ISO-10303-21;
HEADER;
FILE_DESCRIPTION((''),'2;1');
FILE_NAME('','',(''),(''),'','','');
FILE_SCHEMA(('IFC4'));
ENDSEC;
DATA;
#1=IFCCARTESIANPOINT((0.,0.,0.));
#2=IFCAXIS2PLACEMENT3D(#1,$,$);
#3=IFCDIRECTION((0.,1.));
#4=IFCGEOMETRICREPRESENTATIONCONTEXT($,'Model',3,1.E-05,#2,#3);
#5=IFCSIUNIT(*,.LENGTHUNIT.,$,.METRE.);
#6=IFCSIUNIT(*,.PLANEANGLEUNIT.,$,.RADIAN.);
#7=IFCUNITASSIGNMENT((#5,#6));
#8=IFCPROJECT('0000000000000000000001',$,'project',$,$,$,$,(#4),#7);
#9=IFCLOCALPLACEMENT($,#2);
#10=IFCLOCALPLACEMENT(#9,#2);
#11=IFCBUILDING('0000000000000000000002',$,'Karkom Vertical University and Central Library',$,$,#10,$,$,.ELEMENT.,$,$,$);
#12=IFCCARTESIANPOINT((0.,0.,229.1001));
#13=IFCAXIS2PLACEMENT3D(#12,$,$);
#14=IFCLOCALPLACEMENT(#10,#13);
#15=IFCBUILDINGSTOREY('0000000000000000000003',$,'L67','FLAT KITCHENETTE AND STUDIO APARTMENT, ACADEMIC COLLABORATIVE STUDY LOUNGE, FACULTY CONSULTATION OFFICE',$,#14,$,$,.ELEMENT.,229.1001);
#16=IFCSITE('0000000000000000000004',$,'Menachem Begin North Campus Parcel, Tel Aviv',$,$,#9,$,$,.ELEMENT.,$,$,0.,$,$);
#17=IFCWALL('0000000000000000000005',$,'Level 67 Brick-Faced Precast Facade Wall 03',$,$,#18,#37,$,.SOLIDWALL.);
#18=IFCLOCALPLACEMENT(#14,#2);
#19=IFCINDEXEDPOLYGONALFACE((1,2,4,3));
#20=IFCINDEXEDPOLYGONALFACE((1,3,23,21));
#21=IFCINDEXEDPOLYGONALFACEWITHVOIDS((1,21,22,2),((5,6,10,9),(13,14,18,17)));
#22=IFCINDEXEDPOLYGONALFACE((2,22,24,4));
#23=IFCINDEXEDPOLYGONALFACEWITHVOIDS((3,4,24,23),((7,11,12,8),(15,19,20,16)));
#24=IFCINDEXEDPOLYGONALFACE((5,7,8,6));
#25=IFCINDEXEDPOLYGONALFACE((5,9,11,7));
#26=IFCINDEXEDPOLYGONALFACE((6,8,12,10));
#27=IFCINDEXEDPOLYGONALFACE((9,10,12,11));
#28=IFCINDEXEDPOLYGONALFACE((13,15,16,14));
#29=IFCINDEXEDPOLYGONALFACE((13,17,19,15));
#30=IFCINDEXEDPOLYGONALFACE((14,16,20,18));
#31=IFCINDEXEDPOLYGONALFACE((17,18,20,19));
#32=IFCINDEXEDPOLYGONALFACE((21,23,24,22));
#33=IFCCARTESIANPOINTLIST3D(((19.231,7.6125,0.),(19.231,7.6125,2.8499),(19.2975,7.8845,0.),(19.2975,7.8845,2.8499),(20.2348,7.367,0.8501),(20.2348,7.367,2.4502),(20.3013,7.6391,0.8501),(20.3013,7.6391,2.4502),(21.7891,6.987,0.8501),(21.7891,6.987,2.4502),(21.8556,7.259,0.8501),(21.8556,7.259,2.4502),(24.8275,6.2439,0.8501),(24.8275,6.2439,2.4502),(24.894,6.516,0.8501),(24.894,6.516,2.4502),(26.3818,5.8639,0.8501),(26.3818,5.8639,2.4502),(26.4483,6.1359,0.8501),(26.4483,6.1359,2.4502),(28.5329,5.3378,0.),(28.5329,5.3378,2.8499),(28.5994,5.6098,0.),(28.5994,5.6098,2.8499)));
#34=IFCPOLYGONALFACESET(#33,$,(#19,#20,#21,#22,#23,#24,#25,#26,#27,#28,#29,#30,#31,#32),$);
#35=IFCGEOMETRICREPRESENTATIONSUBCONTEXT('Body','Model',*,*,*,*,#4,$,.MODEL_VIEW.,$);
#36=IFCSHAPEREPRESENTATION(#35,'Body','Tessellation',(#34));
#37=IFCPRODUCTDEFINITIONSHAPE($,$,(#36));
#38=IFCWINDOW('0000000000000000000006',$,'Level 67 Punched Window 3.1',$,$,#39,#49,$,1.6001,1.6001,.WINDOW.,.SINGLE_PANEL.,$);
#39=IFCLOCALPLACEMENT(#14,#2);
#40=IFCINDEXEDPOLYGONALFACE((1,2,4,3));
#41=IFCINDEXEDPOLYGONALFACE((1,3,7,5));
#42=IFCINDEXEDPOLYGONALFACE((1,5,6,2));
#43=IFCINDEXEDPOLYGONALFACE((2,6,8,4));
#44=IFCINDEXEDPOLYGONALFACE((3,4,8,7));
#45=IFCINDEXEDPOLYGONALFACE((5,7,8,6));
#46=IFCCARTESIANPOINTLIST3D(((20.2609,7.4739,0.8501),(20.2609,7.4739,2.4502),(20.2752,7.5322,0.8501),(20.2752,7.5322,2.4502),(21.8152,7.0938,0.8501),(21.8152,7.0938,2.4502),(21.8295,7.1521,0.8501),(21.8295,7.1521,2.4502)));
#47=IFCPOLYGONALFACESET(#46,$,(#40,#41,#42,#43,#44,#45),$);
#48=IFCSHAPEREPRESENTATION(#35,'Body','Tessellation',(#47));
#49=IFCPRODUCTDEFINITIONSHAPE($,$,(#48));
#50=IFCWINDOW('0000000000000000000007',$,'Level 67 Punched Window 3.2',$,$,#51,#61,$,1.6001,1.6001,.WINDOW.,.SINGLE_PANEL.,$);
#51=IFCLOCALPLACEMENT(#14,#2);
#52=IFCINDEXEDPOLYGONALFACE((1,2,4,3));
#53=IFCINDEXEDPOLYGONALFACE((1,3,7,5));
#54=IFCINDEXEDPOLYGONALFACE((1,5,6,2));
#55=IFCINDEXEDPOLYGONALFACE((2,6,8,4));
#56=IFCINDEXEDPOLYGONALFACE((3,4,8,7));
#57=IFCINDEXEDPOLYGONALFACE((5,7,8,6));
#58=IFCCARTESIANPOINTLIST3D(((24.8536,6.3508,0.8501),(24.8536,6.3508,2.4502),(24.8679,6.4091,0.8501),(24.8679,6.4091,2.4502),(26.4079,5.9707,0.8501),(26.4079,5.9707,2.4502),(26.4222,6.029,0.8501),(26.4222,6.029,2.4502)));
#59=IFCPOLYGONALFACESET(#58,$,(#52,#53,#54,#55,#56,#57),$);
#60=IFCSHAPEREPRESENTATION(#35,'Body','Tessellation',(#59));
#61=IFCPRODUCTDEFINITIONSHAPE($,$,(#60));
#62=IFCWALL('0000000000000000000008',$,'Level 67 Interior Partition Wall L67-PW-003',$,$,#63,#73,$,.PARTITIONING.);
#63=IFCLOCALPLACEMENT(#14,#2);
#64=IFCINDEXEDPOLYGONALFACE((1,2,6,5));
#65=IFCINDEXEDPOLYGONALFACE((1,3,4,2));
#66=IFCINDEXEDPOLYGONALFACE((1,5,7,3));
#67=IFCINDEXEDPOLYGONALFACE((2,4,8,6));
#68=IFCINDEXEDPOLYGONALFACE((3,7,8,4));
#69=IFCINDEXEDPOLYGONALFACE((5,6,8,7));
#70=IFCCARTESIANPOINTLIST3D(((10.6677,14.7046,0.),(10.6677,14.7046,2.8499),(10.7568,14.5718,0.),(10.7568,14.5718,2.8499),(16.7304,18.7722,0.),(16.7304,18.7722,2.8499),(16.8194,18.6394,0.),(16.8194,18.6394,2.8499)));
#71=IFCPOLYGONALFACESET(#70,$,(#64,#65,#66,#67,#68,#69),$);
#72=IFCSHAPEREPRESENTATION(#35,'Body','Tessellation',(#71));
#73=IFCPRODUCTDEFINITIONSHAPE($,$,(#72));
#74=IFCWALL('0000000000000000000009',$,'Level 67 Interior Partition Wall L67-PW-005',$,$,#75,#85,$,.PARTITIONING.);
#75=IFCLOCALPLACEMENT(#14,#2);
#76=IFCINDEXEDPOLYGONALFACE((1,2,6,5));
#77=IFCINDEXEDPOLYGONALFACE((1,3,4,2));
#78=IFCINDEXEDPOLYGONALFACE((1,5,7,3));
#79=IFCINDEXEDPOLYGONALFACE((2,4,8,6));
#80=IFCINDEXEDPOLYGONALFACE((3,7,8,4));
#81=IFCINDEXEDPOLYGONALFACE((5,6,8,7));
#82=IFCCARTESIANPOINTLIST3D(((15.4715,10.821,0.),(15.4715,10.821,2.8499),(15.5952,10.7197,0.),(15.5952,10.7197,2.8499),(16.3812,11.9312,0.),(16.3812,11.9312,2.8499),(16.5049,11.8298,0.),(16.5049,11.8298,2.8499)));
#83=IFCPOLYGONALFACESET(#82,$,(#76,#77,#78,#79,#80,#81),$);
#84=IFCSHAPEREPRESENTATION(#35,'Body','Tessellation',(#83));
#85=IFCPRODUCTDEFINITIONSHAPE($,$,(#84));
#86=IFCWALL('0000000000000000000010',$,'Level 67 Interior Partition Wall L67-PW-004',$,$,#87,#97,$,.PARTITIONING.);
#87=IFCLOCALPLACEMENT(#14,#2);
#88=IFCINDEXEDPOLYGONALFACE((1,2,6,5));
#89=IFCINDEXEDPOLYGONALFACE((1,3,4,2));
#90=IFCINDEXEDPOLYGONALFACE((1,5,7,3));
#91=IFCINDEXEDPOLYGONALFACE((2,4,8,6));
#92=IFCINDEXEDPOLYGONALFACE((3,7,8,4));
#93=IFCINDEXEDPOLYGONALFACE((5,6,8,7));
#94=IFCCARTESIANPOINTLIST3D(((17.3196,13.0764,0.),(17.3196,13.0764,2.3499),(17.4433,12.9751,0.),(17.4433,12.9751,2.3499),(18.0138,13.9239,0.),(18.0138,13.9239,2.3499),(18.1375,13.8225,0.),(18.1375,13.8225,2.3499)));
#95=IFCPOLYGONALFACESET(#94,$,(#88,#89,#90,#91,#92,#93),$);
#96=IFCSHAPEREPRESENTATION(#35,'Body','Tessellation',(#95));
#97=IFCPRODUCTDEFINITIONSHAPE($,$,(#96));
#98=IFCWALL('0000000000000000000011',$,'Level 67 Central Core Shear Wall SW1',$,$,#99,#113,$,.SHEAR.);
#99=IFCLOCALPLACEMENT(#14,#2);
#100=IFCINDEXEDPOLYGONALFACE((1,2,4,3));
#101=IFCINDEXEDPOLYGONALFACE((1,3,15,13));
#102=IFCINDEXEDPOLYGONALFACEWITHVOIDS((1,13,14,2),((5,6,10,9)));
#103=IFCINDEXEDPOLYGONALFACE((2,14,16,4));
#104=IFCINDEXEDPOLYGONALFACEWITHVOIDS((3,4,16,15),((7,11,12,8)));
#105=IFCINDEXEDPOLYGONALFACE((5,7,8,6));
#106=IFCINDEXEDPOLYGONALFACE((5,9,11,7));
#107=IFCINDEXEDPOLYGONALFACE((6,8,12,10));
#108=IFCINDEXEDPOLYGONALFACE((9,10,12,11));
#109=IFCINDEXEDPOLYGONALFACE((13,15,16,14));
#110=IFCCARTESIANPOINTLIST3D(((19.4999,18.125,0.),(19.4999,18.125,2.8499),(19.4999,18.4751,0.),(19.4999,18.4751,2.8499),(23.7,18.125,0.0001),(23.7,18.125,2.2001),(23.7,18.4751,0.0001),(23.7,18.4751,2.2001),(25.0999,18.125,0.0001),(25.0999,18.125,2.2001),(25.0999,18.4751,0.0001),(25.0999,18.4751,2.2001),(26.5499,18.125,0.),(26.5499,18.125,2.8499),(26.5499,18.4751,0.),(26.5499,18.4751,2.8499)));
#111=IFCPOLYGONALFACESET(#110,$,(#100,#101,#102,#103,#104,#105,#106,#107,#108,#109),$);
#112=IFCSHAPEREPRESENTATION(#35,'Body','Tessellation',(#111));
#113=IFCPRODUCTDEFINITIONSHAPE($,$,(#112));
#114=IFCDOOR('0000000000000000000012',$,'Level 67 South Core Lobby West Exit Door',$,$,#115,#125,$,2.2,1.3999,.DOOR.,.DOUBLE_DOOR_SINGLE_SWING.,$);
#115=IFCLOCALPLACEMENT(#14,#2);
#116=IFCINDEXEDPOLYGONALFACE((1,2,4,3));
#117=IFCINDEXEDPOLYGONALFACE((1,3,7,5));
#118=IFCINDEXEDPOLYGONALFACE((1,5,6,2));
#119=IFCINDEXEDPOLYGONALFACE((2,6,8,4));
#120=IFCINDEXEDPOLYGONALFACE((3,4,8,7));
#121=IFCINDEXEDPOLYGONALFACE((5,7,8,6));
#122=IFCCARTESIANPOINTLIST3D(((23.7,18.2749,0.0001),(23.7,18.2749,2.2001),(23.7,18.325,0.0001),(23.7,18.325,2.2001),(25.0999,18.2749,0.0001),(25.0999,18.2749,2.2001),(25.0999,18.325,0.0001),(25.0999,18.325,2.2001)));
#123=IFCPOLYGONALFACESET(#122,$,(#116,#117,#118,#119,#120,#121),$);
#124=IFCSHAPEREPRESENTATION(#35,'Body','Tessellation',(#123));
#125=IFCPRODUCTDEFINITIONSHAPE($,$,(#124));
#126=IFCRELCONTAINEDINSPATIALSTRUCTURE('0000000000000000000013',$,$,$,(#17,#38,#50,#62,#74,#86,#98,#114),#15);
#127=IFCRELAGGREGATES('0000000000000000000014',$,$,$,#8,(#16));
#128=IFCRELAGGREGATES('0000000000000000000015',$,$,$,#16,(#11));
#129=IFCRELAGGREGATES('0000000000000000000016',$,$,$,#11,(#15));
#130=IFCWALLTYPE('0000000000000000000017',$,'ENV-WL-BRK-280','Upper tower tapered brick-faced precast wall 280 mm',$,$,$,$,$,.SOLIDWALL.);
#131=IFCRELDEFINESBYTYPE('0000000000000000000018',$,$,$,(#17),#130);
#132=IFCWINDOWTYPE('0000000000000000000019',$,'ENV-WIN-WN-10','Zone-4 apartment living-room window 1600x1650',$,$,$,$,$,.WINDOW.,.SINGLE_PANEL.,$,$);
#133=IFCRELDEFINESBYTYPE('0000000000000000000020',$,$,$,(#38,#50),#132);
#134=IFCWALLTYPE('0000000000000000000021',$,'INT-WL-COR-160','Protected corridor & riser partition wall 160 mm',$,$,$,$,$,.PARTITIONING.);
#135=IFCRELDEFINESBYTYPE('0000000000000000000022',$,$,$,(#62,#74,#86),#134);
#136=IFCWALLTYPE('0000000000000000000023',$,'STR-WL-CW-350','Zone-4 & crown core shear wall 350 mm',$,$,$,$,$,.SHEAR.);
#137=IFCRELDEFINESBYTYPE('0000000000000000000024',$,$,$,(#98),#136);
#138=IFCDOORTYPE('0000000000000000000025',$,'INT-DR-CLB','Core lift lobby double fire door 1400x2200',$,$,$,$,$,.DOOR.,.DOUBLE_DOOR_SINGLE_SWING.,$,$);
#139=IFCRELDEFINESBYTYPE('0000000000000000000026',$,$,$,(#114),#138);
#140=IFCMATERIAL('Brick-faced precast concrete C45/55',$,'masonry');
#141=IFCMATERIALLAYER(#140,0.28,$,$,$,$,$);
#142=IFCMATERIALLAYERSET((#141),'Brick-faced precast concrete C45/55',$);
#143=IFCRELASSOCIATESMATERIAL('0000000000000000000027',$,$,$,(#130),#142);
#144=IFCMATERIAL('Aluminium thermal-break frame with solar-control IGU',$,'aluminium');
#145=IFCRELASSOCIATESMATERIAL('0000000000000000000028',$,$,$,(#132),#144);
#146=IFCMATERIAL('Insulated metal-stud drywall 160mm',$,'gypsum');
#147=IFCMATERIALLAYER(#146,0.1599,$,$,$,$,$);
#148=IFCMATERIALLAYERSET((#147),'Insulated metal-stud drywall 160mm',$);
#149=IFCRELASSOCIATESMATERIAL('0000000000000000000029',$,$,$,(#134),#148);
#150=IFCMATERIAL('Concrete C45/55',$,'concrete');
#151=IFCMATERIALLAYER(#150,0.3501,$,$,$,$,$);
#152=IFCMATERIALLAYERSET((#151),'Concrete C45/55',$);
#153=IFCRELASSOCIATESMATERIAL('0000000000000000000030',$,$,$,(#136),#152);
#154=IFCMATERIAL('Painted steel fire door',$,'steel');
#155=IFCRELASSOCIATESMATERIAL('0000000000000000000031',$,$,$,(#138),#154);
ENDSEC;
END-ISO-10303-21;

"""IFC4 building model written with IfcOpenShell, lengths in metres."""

from ifc_helpers import new_model, si_unit, direction, frame, frame_2d, origin, origin_with_axes, place, context, subcontext, project, spatial, rectangle, extrude, source, transform, mapped, material, layer, layer_set, type_object, element, fill, save


model = new_model("IFC4")

# Units and contexts
model_context = context("Model", 3, precision=1e-05, world=origin(), true_north=direction((0.0, 1.0)))
body_context = subcontext(model_context, "Body", "Model", "MODEL_VIEW")
ifc_project = project(units=[si_unit("LENGTHUNIT", "METRE"), si_unit("PLANEANGLEUNIT", "RADIAN")], contexts=[model_context])

# Site, building, storey
site_placement = place(None, origin())
site = spatial("IfcSite", under=ifc_project, at=site_placement, Name="Menachem Begin North Campus Parcel, Tel Aviv", CompositionType="ELEMENT", RefElevation=0.0)
building_placement = place(site_placement, origin())
building = spatial("IfcBuilding", under=site, at=building_placement, Name="Karkom Vertical University and Central Library", CompositionType="ELEMENT")
storey_placement = place(building_placement, frame((0.0, 0.0, 229.1001)))
storey = spatial("IfcBuildingStorey", under=building, at=storey_placement, Name="L67", Description="FLAT KITCHENETTE AND STUDIO APARTMENT, ACADEMIC COLLABORATIVE STUDY LOUNGE, FACULTY CONSULTATION OFFICE", CompositionType="ELEMENT", Elevation=229.1001)

# Shared definitions
ifc_material_1 = material(Name="Concrete C45/55", Category="concrete")

# Wall, openings, windows
ifc_material_2 = material(Name="Brick-faced precast concrete C45/55", Category="masonry")
ifc_layer_1 = layer(ifc_material_2, 0.28)
ifc_layer_set_1 = layer_set([ifc_layer_1], Name="Brick-faced precast concrete C45/55")
wall_type_1 = type_object("IfcWallType", Name="ENV-WL-BRK-280", Description="Upper tower tapered brick-faced precast wall 280 mm", PredefinedType="SOLIDWALL", material=ifc_layer_set_1)
ifc_material_3 = material(Name="Aluminium thermal-break frame with solar-control IGU", Category="aluminium")
window_type = type_object("IfcWindowType", Name="ENV-WIN-WN-10", Description="Zone-4 apartment living-room window 1600x1650", PartitioningType="SINGLE_PANEL", PredefinedType="WINDOW", material=ifc_material_3)
shared_shape_1 = source(origin_with_axes(), body_context, "Body", "SweptSolid", [
    extrude(rectangle(XDim=1.6001, YDim=1.6001, at=frame_2d((0.8, 0.8))), frame((0.0, 0.03, 0.0), z_axis=(0.0, -1.0, 0.0), x_axis=(1.0, 0.0, 0.0)), (0.0, 0.0, 1.0), 0.0601),
])
wall_1_placement = place(storey_placement, frame((19.2642, 7.7485, 0.0), z_axis=(0.0, 0.0, 1.0), x_axis=(0.971377, -0.237541, 0.0)))
wall_1 = element("IfcWall", 1, at=wall_1_placement, inside=storey, type_object=wall_type_1, Name="Level 67 Brick-Faced Precast Facade Wall 03", PredefinedType="SOLIDWALL", context=body_context, shape_type="SweptSolid", body=[
    extrude(rectangle(XDim=9.5759, YDim=0.28, at=frame_2d((4.7881, 0.0))), origin(), (0.0, 0.0, 1.0), 2.8499),
])
opening_1_placement = place(wall_1_placement, frame((1.0334, 0.0, 0.8501)))
opening_1 = element("IfcOpeningElement", 2, at=opening_1_placement, cuts=wall_1, PredefinedType="OPENING", context=body_context, shape_type="SweptSolid", body=[
    extrude(rectangle(XDim=1.6001, YDim=1.6001, at=frame_2d((0.8, 0.8))), frame((0.0, 0.1499, 0.0), z_axis=(0.0, -1.0, 0.0), x_axis=(1.0, 0.0, 0.0)), (0.0, 0.0, 1.0), 0.3),
])
opening_2_placement = place(wall_1_placement, frame((5.7615, 0.0, 0.8501)))
opening_2 = element("IfcOpeningElement", 3, at=opening_2_placement, cuts=wall_1, PredefinedType="OPENING", context=body_context, shape_type="SweptSolid", body=[
    extrude(rectangle(XDim=1.6001, YDim=1.6001, at=frame_2d((0.8, 0.8))), frame((0.0, 0.1499, 0.0), z_axis=(0.0, -1.0, 0.0), x_axis=(1.0, 0.0, 0.0)), (0.0, 0.0, 1.0), 0.3),
])
window_1_placement = place(opening_1_placement, origin())
window_1 = element("IfcWindow", 4, at=window_1_placement, inside=storey, type_object=window_type, Name="Level 67 Punched Window 3.1", OverallHeight=1.6001, OverallWidth=1.6001, PartitioningType="SINGLE_PANEL", PredefinedType="WINDOW", context=body_context, shape_type="MappedRepresentation", body=[
    mapped(shared_shape_1, transform((0.0, 0.0, 0.0), scale=1.0)),
])
fill(opening_1, window_1)
window_2_placement = place(opening_2_placement, origin())
window_2 = element("IfcWindow", 5, at=window_2_placement, inside=storey, type_object=window_type, Name="Level 67 Punched Window 3.2", OverallHeight=1.6001, OverallWidth=1.6001, PartitioningType="SINGLE_PANEL", PredefinedType="WINDOW", context=body_context, shape_type="MappedRepresentation", body=[
    mapped(shared_shape_1, transform((0.0, 0.0, 0.0), scale=1.0)),
])
fill(opening_2, window_2)

# Shared definitions
ifc_material_4 = material(Name="Insulated metal-stud drywall 160mm", Category="gypsum")
ifc_layer_2 = layer(ifc_material_4, 0.1599)
ifc_layer_set_2 = layer_set([ifc_layer_2], Name="Insulated metal-stud drywall 160mm")
wall_type_2 = type_object("IfcWallType", Name="INT-WL-COR-160", Description="Protected corridor & riser partition wall 160 mm", PredefinedType="PARTITIONING", material=ifc_layer_set_2)

# Walls
wall_2_placement = place(storey_placement, frame((16.7749, 18.7058, 0.0), z_axis=(0.0, 0.0, 1.0), x_axis=(-0.830416, -0.557144, 0.0)))
element("IfcWall", 6, at=wall_2_placement, inside=storey, type_object=wall_type_2, Name="Level 67 Interior Partition Wall L67-PW-003", PredefinedType="PARTITIONING", context=body_context, shape_type="SweptSolid", body=[
    extrude(rectangle(XDim=7.3008, YDim=0.1599, at=frame_2d((3.6504, 0.0))), origin(), (0.0, 0.0, 1.0), 2.8499),
])
wall_3_placement = place(storey_placement, frame((16.4431, 11.8806, 0.0), z_axis=(0.0, 0.0, 1.0), x_axis=(-0.633821, -0.77348, 0.0)))
element("IfcWall", 7, at=wall_3_placement, inside=storey, type_object=wall_type_2, Name="Level 67 Interior Partition Wall L67-PW-005", PredefinedType="PARTITIONING", context=body_context, shape_type="SweptSolid", body=[
    extrude(rectangle(XDim=1.4353, YDim=0.1599, at=frame_2d((0.7178, 0.0))), origin(), (0.0, 0.0, 1.0), 2.8499),
])
wall_4_placement = place(storey_placement, frame((18.0757, 13.8733, 0.0), z_axis=(0.0, 0.0, 1.0), x_axis=(-0.63365, -0.77362, 0.0)))
element("IfcWall", 8, at=wall_4_placement, inside=storey, type_object=wall_type_2, Name="Level 67 Interior Partition Wall L67-PW-004", PredefinedType="PARTITIONING", context=body_context, shape_type="SweptSolid", body=[
    extrude(rectangle(XDim=1.0955, YDim=0.1599, at=frame_2d((0.5479, 0.0))), origin(), (0.0, 0.0, 1.0), 2.3499),
])

# Wall, opening, door
ifc_layer_3 = layer(ifc_material_1, 0.3501)
ifc_layer_set_3 = layer_set([ifc_layer_3], Name="Concrete C45/55")
wall_type_3 = type_object("IfcWallType", Name="STR-WL-CW-350", Description="Zone-4 & crown core shear wall 350 mm", PredefinedType="SHEAR", material=ifc_layer_set_3)
wall_5_placement = place(storey_placement, frame((19.5, 18.3, 0.0), z_axis=(0.0, 0.0, 1.0), x_axis=(1.0, 0.0, 0.0)))
wall_5 = element("IfcWall", 9, at=wall_5_placement, inside=storey, type_object=wall_type_3, Name="Level 67 Central Core Shear Wall SW1", PredefinedType="SHEAR", context=body_context, shape_type="SweptSolid", body=[
    extrude(rectangle(XDim=7.05, YDim=0.3501, at=frame_2d((3.5249, 0.0))), origin(), (0.0, 0.0, 1.0), 2.8499),
])
opening_3_placement = place(wall_5_placement, frame((4.2, 0.0, 0.0)))
opening_3 = element("IfcOpeningElement", 10, at=opening_3_placement, cuts=wall_5, PredefinedType="OPENING", context=body_context, shape_type="SweptSolid", body=[
    extrude(rectangle(XDim=1.3999, YDim=2.2, at=frame_2d((0.7, 1.1001))), frame((0.0, 0.1851, 0.0), z_axis=(0.0, -1.0, 0.0), x_axis=(1.0, 0.0, 0.0)), (0.0, 0.0, 1.0), 0.3701),
])
ifc_material_5 = material(Name="Painted steel fire door", Category="steel")
door_type_1 = type_object("IfcDoorType", Name="INT-DR-CLB", Description="Core lift lobby double fire door 1400x2200", OperationType="DOUBLE_DOOR_SINGLE_SWING", PredefinedType="DOOR", material=ifc_material_5)
shared_shape_2 = source(origin_with_axes(), body_context, "Body", "SweptSolid", [
    extrude(rectangle(XDim=1.3999, YDim=2.2, at=frame_2d((0.7, 1.1001))), frame((0.0, 0.0249, 0.0), z_axis=(0.0, -1.0, 0.0), x_axis=(1.0, 0.0, 0.0)), (0.0, 0.0, 1.0), 0.05),
])
door_1_placement = place(opening_3_placement, origin())
door_1 = element("IfcDoor", 11, at=door_1_placement, inside=storey, type_object=door_type_1, Name="Level 67 South Core Lobby West Exit Door", OperationType="DOUBLE_DOOR_SINGLE_SWING", OverallHeight=2.2, OverallWidth=1.3999, PredefinedType="DOOR", context=body_context, shape_type="MappedRepresentation", body=[
    mapped(shared_shape_2, transform((0.0, 0.0, 0.0), scale=1.0)),
])
fill(opening_3, door_1)

save(model, "model.ifc")
